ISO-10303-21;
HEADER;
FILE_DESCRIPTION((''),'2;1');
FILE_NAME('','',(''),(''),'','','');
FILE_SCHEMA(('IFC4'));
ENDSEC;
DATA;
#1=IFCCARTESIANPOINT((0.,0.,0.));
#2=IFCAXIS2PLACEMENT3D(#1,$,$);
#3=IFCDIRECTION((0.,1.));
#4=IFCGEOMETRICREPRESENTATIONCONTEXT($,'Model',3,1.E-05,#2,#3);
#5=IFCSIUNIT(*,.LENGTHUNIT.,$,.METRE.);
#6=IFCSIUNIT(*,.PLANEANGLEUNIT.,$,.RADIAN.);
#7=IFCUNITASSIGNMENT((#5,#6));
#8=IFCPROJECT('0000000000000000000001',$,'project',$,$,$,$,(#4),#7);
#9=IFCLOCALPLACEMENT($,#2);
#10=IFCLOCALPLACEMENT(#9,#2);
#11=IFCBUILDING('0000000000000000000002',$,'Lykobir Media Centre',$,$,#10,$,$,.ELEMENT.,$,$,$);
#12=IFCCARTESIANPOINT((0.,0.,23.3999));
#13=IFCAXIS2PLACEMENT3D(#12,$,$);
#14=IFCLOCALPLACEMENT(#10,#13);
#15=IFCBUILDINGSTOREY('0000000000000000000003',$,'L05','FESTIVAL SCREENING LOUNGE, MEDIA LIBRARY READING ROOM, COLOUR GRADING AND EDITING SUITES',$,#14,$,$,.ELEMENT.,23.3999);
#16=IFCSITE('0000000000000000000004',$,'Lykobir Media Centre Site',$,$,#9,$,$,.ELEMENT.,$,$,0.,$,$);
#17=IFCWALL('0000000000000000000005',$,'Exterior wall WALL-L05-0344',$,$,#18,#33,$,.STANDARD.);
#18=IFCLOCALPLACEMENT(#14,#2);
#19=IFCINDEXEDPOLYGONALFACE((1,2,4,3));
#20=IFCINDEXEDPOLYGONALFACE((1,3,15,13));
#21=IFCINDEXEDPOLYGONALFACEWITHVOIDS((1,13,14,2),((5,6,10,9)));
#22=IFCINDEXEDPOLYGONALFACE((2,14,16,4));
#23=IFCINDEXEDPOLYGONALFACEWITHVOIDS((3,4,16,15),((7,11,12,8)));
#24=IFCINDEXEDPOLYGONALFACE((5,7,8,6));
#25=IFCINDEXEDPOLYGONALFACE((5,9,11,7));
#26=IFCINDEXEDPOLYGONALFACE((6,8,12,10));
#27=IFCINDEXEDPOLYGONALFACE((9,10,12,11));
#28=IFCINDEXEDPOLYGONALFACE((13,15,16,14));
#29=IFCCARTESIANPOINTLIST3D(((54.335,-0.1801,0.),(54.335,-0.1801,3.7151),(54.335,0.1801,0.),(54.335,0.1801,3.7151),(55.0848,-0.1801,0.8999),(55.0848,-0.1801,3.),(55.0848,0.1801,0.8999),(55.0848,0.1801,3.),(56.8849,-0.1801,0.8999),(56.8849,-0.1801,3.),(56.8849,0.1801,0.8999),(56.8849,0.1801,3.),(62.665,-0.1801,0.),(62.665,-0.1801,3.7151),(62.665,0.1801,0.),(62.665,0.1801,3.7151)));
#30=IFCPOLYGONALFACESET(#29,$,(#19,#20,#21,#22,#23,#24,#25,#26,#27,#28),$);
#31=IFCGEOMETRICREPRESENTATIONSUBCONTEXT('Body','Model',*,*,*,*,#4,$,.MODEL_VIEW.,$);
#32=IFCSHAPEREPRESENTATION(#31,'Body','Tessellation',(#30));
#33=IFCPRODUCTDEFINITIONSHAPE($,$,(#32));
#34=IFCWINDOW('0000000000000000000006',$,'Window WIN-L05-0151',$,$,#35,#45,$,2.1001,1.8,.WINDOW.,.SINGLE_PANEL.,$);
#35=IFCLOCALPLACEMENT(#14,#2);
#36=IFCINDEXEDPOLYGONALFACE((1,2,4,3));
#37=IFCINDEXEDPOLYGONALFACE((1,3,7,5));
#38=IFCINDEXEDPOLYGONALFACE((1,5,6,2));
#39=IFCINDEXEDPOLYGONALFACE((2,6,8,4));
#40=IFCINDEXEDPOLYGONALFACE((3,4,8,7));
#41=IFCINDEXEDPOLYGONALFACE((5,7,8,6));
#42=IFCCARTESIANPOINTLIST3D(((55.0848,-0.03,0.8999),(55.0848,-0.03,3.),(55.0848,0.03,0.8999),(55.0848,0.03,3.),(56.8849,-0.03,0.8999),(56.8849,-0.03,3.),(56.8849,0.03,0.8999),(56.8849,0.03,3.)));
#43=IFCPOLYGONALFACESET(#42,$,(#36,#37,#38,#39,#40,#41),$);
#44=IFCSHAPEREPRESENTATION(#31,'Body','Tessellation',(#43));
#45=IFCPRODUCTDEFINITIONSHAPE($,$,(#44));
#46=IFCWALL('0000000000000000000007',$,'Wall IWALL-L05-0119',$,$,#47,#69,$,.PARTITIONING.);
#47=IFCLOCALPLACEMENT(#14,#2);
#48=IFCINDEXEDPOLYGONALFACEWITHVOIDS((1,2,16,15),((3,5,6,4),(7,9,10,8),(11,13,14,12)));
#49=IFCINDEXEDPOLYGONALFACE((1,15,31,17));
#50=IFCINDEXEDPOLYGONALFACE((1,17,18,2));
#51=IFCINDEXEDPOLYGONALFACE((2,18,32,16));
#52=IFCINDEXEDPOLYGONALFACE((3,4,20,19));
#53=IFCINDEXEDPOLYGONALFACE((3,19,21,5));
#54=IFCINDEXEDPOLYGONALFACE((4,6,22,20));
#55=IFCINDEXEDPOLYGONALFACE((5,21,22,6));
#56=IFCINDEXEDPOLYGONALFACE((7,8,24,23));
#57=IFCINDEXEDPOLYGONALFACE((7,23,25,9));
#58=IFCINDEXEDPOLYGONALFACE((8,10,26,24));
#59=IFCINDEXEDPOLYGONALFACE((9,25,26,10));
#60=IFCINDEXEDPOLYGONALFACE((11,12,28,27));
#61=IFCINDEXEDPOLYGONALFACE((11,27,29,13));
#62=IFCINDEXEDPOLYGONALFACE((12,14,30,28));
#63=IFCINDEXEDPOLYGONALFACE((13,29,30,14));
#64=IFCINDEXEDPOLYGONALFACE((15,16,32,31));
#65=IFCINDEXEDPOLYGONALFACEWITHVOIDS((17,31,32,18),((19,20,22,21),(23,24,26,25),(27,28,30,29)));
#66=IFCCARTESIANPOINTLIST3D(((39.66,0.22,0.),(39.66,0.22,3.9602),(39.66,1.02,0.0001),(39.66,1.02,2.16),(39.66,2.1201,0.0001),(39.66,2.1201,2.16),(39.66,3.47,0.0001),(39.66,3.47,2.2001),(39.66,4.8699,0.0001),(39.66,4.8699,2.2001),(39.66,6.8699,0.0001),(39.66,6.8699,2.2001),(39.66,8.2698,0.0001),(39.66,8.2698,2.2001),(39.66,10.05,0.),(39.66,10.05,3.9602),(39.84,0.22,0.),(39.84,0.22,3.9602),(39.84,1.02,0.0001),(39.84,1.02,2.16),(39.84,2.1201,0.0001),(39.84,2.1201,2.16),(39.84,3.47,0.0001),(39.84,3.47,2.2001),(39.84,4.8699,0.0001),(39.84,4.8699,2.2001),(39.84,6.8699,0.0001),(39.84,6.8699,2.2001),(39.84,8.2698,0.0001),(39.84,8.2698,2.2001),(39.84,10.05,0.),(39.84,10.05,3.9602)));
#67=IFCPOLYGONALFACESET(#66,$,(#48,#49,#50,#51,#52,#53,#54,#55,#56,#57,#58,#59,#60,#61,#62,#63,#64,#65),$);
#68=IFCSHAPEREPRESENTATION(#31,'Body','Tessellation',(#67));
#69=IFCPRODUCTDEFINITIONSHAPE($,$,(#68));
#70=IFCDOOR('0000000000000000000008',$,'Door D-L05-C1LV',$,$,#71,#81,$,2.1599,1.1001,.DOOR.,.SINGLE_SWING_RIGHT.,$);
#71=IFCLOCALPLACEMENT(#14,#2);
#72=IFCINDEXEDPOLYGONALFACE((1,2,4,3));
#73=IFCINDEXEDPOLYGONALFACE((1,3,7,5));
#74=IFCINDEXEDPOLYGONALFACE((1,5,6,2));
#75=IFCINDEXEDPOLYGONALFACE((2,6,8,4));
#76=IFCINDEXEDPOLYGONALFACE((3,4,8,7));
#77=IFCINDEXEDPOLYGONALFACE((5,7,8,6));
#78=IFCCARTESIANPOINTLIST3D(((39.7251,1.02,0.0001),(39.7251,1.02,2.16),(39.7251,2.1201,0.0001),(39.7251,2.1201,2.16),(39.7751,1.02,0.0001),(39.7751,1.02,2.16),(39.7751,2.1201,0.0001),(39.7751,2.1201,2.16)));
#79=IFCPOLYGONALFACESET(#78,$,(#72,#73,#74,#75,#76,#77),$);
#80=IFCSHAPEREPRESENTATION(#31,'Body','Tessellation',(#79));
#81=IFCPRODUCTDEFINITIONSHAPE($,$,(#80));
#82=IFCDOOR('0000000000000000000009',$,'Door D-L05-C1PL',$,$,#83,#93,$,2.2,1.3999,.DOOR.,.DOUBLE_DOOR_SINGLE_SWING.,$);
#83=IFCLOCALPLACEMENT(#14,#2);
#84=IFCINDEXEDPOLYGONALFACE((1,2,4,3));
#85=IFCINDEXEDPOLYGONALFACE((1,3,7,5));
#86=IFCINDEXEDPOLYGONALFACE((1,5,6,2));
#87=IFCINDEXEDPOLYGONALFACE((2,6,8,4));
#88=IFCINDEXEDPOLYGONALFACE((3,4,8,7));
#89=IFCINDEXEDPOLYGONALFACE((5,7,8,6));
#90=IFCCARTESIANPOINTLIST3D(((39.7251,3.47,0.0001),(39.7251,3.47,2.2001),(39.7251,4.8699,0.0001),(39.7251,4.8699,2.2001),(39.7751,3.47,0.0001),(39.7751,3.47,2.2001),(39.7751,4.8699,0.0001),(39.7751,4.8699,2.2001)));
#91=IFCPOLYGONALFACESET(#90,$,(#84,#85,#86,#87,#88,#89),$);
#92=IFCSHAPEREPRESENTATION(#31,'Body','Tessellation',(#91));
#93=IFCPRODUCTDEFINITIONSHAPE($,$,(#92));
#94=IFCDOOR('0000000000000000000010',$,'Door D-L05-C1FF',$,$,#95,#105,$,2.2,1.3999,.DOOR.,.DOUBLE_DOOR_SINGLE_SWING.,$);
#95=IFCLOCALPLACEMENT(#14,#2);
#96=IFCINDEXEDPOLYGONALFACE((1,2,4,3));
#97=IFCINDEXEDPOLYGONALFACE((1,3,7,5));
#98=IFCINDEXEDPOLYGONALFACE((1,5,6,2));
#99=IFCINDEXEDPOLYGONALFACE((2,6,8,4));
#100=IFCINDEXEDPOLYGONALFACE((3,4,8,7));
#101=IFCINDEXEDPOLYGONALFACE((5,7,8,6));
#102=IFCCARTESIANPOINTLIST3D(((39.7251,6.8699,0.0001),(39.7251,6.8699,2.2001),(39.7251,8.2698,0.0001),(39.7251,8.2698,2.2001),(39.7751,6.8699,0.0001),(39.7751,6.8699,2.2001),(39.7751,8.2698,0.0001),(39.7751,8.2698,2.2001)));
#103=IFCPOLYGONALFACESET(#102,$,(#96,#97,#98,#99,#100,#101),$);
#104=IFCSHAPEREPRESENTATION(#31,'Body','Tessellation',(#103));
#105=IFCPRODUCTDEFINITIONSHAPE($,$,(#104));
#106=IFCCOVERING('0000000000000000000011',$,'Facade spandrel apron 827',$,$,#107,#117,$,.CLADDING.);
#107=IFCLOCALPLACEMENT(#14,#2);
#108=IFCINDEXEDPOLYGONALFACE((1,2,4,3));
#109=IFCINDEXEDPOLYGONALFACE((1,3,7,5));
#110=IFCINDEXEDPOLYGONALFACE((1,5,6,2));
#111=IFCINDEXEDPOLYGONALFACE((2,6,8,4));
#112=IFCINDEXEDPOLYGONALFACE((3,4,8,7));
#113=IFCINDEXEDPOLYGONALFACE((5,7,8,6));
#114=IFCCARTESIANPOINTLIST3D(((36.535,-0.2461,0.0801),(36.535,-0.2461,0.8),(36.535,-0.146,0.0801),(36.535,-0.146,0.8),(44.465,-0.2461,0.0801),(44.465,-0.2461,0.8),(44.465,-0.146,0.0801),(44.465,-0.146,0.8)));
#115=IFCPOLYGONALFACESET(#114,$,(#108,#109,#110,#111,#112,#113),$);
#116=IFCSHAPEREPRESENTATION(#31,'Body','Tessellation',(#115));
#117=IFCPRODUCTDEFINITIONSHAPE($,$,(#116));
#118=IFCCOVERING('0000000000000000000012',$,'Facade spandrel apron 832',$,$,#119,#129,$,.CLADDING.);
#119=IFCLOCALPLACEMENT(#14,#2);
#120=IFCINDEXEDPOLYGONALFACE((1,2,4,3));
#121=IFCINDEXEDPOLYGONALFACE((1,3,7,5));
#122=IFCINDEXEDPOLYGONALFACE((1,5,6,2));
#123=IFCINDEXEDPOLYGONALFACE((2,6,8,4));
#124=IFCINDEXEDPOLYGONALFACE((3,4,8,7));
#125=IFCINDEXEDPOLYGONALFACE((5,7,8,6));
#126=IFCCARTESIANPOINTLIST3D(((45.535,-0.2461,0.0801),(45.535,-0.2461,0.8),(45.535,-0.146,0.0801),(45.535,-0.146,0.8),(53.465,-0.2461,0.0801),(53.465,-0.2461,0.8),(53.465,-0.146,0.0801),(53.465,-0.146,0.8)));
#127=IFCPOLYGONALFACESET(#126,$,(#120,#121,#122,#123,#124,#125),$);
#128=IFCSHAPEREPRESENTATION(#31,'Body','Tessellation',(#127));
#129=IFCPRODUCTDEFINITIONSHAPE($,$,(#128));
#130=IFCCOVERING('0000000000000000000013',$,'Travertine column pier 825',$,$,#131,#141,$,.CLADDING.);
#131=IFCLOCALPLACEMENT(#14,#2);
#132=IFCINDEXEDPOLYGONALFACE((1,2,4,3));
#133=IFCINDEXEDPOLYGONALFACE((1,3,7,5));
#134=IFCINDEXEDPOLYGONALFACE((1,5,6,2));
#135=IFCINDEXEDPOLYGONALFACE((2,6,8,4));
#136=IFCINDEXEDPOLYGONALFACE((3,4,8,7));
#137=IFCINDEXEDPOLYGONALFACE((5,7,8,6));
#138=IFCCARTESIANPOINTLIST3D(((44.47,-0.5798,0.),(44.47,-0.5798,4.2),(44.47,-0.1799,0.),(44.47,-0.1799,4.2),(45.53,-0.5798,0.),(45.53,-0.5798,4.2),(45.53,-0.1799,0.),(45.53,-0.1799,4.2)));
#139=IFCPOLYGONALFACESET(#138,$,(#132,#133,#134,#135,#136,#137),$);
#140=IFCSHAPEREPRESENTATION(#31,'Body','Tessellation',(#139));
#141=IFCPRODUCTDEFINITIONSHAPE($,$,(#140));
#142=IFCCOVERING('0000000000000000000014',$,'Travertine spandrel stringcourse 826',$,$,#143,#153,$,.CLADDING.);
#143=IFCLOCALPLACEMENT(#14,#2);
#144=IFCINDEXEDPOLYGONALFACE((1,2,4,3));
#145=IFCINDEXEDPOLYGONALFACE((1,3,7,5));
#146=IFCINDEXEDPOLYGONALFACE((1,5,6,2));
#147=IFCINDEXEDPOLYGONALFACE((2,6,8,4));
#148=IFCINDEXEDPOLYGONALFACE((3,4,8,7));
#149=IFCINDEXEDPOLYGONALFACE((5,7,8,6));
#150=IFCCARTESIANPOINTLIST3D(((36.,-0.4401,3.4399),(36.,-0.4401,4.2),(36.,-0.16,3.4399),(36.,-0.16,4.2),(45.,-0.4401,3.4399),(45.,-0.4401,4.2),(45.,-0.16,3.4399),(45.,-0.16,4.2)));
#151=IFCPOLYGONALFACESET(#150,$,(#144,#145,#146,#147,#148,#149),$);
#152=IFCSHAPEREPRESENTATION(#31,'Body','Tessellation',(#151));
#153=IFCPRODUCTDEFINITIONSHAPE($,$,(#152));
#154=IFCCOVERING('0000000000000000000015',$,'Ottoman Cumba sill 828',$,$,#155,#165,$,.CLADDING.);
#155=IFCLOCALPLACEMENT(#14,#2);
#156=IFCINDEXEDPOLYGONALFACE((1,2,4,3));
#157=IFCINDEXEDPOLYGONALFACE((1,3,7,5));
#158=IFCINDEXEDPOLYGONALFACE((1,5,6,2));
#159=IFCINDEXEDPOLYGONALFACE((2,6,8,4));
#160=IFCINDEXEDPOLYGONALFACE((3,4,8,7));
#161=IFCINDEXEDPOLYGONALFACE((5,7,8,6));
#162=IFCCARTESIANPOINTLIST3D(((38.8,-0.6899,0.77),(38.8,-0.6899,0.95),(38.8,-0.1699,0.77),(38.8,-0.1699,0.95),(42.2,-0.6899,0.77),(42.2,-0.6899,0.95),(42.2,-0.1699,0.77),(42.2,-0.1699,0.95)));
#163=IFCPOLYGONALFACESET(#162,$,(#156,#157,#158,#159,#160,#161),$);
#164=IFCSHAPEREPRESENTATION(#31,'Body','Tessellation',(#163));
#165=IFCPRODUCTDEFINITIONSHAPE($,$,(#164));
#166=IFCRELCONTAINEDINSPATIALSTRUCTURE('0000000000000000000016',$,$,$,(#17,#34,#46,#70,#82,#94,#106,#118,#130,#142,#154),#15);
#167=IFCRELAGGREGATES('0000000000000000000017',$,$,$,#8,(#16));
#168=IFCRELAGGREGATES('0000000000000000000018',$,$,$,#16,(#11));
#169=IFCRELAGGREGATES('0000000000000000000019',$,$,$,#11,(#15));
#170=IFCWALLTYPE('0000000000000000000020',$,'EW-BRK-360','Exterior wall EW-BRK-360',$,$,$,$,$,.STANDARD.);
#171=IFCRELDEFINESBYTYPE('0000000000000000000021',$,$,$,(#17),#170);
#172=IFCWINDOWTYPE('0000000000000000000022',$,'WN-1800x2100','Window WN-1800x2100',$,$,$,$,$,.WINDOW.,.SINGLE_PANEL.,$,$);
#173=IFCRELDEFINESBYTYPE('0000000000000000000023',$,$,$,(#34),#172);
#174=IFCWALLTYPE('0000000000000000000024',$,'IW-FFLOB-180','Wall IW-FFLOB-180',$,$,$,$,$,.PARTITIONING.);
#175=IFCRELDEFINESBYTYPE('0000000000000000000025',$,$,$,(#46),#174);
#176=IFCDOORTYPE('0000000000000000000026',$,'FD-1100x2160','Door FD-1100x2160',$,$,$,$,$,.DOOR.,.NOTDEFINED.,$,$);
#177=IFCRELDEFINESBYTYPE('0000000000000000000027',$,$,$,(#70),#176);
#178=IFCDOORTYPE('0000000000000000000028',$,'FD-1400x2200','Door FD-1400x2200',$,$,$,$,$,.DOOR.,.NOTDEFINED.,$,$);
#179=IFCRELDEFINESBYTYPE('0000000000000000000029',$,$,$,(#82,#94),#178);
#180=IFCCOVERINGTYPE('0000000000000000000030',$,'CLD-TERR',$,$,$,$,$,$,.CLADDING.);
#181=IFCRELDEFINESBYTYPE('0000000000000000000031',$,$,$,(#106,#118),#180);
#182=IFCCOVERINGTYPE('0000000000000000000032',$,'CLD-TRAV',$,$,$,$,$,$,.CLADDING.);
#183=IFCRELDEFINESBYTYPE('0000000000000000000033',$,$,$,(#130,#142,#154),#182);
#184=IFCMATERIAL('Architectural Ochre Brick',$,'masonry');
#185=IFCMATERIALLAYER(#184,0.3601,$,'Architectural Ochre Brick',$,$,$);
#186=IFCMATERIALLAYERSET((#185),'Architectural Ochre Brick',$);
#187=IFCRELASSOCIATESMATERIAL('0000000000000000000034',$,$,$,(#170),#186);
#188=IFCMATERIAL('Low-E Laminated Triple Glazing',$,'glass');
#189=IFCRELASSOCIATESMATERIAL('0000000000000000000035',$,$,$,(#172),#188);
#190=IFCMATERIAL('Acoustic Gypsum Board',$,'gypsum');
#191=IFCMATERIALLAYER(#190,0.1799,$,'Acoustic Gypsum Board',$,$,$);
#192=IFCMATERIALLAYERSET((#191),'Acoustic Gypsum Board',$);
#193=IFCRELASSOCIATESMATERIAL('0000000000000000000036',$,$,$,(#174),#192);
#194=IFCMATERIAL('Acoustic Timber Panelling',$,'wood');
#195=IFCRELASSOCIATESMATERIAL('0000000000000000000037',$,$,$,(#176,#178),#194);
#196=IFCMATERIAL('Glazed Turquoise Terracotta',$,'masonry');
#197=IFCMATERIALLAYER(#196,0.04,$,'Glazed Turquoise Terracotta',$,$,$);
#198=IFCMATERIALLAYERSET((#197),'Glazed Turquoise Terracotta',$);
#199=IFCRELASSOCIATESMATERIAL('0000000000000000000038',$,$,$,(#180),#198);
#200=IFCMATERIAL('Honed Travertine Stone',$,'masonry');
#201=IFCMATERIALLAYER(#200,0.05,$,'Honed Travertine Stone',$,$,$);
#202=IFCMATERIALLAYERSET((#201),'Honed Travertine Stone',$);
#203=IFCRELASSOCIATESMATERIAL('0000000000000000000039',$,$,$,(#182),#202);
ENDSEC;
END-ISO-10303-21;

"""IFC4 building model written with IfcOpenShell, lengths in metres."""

from ifc_helpers import new_model, si_unit, direction, frame, frame_2d, origin, origin_2d, place, context, subcontext, project, spatial, rectangle, extrude, material, layer, layer_set, type_object, element, fill, save


model = new_model("IFC4")

# Units and contexts
model_context = context("Model", 3, precision=1e-05, world=origin(), true_north=direction((0.0, 1.0)))
body_context = subcontext(model_context, "Body", "Model", "MODEL_VIEW")
ifc_project = project(units=[si_unit("LENGTHUNIT", "METRE"), si_unit("PLANEANGLEUNIT", "RADIAN")], contexts=[model_context])

# Site, building, storey
site_placement = place(None, origin())
site = spatial("IfcSite", under=ifc_project, at=site_placement, Name="Lykobir Media Centre Site", CompositionType="ELEMENT", RefElevation=0.0)
building_placement = place(site_placement, origin())
building = spatial("IfcBuilding", under=site, at=building_placement, Name="Lykobir Media Centre", CompositionType="ELEMENT")
storey_placement = place(building_placement, frame((0.0, 0.0, 23.3999)))
storey = spatial("IfcBuildingStorey", under=building, at=storey_placement, Name="L05", Description="FESTIVAL SCREENING LOUNGE, MEDIA LIBRARY READING ROOM, COLOUR GRADING AND EDITING SUITES", CompositionType="ELEMENT", Elevation=23.3999)

# Wall, opening, window
ifc_material_1 = material(Name="Architectural Ochre Brick", Category="masonry")
ifc_layer_1 = layer(ifc_material_1, 0.3601, Name="Architectural Ochre Brick")
ifc_layer_set_1 = layer_set([ifc_layer_1], Name="Architectural Ochre Brick")
wall_type_1 = type_object("IfcWallType", Name="EW-BRK-360", Description="Exterior wall EW-BRK-360", PredefinedType="STANDARD", material=ifc_layer_set_1)
ifc_material_2 = material(Name="Low-E Laminated Triple Glazing", Category="glass")
wall_1_placement = place(storey_placement, frame((54.335, 0.0, 0.0), z_axis=(0.0, 0.0, 1.0), x_axis=(1.0, 0.0, 0.0)))
wall_1 = element("IfcWall", 1, at=wall_1_placement, inside=storey, type_object=wall_type_1, Name="Exterior wall WALL-L05-0344", PredefinedType="STANDARD", context=body_context, shape_type="SweptSolid", body=[
    extrude(rectangle(XDim=8.3301, YDim=0.3601, at=frame_2d((4.165, 0.0))), origin(), (0.0, 0.0, 1.0), 3.7151),
])
opening_1_placement = place(wall_1_placement, frame((0.75, 0.0, 0.8999)))
opening_1 = element("IfcOpeningElement", 2, at=opening_1_placement, cuts=wall_1, PredefinedType="OPENING", context=body_context, shape_type="SweptSolid", body=[
    extrude(rectangle(XDim=1.8, YDim=2.1001, at=frame_2d((0.8999, 1.05))), frame((0.0, 0.1899, 0.0), z_axis=(0.0, -1.0, 0.0), x_axis=(1.0, 0.0, 0.0)), (0.0, 0.0, 1.0), 0.3801),
])
window_type_1 = type_object("IfcWindowType", Name="WN-1800x2100", Description="Window WN-1800x2100", PartitioningType="SINGLE_PANEL", PredefinedType="WINDOW", material=ifc_material_2)
window_1_placement = place(opening_1_placement, origin())
window_1 = element("IfcWindow", 3, at=window_1_placement, inside=storey, type_object=window_type_1, Name="Window WIN-L05-0151", OverallHeight=2.1001, OverallWidth=1.8, PartitioningType="SINGLE_PANEL", PredefinedType="WINDOW", context=body_context, shape_type="SweptSolid", body=[
    extrude(rectangle(XDim=1.8, YDim=2.1001, at=frame_2d((0.8999, 1.05))), frame((0.0, 0.03, 0.0), z_axis=(0.0, -1.0, 0.0), x_axis=(1.0, 0.0, 0.0)), (0.0, 0.0, 1.0), 0.0601),
])
fill(opening_1, window_1)

# Wall, openings, doors
ifc_material_3 = material(Name="Acoustic Gypsum Board", Category="gypsum")
ifc_layer_2 = layer(ifc_material_3, 0.1799, Name="Acoustic Gypsum Board")
ifc_layer_set_2 = layer_set([ifc_layer_2], Name="Acoustic Gypsum Board")
wall_type_2 = type_object("IfcWallType", Name="IW-FFLOB-180", Description="Wall IW-FFLOB-180", PredefinedType="PARTITIONING", material=ifc_layer_set_2)
wall_2_placement = place(storey_placement, frame((39.75, 0.22, 0.0), z_axis=(0.0, 0.0, 1.0), x_axis=(0.0, 1.0, 0.0)))
wall_2 = element("IfcWall", 4, at=wall_2_placement, inside=storey, type_object=wall_type_2, Name="Wall IWALL-L05-0119", PredefinedType="PARTITIONING", context=body_context, shape_type="SweptSolid", body=[
    extrude(rectangle(XDim=9.8301, YDim=0.1799, at=frame_2d((4.915, 0.0))), origin(), (0.0, 0.0, 1.0), 3.9602),
])
opening_2_placement = place(wall_2_placement, frame((0.8, 0.0, 0.0)))
opening_2 = element("IfcOpeningElement", 5, at=opening_2_placement, cuts=wall_2, PredefinedType="OPENING", context=body_context, shape_type="SweptSolid", body=[
    extrude(rectangle(XDim=1.1001, YDim=2.1599, at=frame_2d((0.55, 1.0801))), frame((0.0, 0.0999, 0.0), z_axis=(0.0, -1.0, 0.0), x_axis=(1.0, 0.0, 0.0)), (0.0, 0.0, 1.0), 0.2),
])
opening_3_placement = place(wall_2_placement, frame((3.25, 0.0, 0.0)))
opening_3 = element("IfcOpeningElement", 6, at=opening_3_placement, cuts=wall_2, PredefinedType="OPENING", context=body_context, shape_type="SweptSolid", body=[
    extrude(rectangle(XDim=1.3999, YDim=2.2, at=frame_2d((0.7, 1.1001))), frame((0.0, 0.0999, 0.0), z_axis=(0.0, -1.0, 0.0), x_axis=(1.0, 0.0, 0.0)), (0.0, 0.0, 1.0), 0.2),
])
opening_4_placement = place(wall_2_placement, frame((6.6499, 0.0, 0.0)))
opening_4 = element("IfcOpeningElement", 7, at=opening_4_placement, cuts=wall_2, PredefinedType="OPENING", context=body_context, shape_type="SweptSolid", body=[
    extrude(rectangle(XDim=1.3999, YDim=2.2, at=frame_2d((0.7, 1.1001))), frame((0.0, 0.0999, 0.0), z_axis=(0.0, -1.0, 0.0), x_axis=(1.0, 0.0, 0.0)), (0.0, 0.0, 1.0), 0.2),
])
ifc_material_4 = material(Name="Acoustic Timber Panelling", Category="wood")
door_type_1 = type_object("IfcDoorType", Name="FD-1100x2160", Description="Door FD-1100x2160", OperationType="NOTDEFINED", PredefinedType="DOOR", material=ifc_material_4)
door_1_placement = place(opening_2_placement, origin())
door_1 = element("IfcDoor", 8, at=door_1_placement, inside=storey, type_object=door_type_1, Name="Door D-L05-C1LV", OperationType="SINGLE_SWING_RIGHT", OverallHeight=2.1599, OverallWidth=1.1001, PredefinedType="DOOR", context=body_context, shape_type="SweptSolid", body=[
    extrude(rectangle(XDim=1.1001, YDim=2.1599, at=frame_2d((0.55, 1.0801))), frame((0.0, 0.0249, 0.0), z_axis=(0.0, -1.0, 0.0), x_axis=(1.0, 0.0, 0.0)), (0.0, 0.0, 1.0), 0.05),
])
fill(opening_2, door_1)
door_type_2 = type_object("IfcDoorType", Name="FD-1400x2200", Description="Door FD-1400x2200", OperationType="NOTDEFINED", PredefinedType="DOOR", material=ifc_material_4)
door_2_placement = place(opening_3_placement, origin())
door_2 = element("IfcDoor", 9, at=door_2_placement, inside=storey, type_object=door_type_2, Name="Door D-L05-C1PL", OperationType="DOUBLE_DOOR_SINGLE_SWING", OverallHeight=2.2, OverallWidth=1.3999, PredefinedType="DOOR", context=body_context, shape_type="SweptSolid", body=[
    extrude(rectangle(XDim=1.3999, YDim=2.2, at=frame_2d((0.7, 1.1001))), frame((0.0, 0.0249, 0.0), z_axis=(0.0, -1.0, 0.0), x_axis=(1.0, 0.0, 0.0)), (0.0, 0.0, 1.0), 0.05),
])
fill(opening_3, door_2)
door_3_placement = place(opening_4_placement, origin())
door_3 = element("IfcDoor", 10, at=door_3_placement, inside=storey, type_object=door_type_2, Name="Door D-L05-C1FF", OperationType="DOUBLE_DOOR_SINGLE_SWING", OverallHeight=2.2, OverallWidth=1.3999, PredefinedType="DOOR", context=body_context, shape_type="SweptSolid", body=[
    extrude(rectangle(XDim=1.3999, YDim=2.2, at=frame_2d((0.7, 1.1001))), frame((0.0, 0.0249, 0.0), z_axis=(0.0, -1.0, 0.0), x_axis=(1.0, 0.0, 0.0)), (0.0, 0.0, 1.0), 0.05),
])
fill(opening_4, door_3)

# Coverings
ifc_material_5 = material(Name="Glazed Turquoise Terracotta", Category="masonry")
ifc_layer_3 = layer(ifc_material_5, 0.04, Name="Glazed Turquoise Terracotta")
ifc_layer_set_3 = layer_set([ifc_layer_3], Name="Glazed Turquoise Terracotta")
covering_type_1 = type_object("IfcCoveringType", Name="CLD-TERR", PredefinedType="CLADDING", material=ifc_layer_set_3)
for number, where, z_axis, x_axis, name in (
    (11, (40.5, -0.196, 0.0801), (0.0, 0.0, 1.0), (1.0, 0.0, 0.0), "Facade spandrel apron 827"),
    (12, (49.5, -0.196, 0.0801), (0.0, 0.0, 1.0), (1.0, 0.0, 0.0), "Facade spandrel apron 832"),
):
    element("IfcCovering", number, at=place(storey_placement, frame(where, z_axis=z_axis, x_axis=x_axis)), inside=storey, type_object=covering_type_1, Name=name, PredefinedType="CLADDING", context=body_context, shape_type="SweptSolid", body=[
        extrude(rectangle(XDim=7.9299, YDim=0.1001, at=origin_2d()), origin(), (0.0, 0.0, 1.0), 0.72),
    ])
ifc_material_6 = material(Name="Honed Travertine Stone", Category="masonry")
ifc_layer_4 = layer(ifc_material_6, 0.05, Name="Honed Travertine Stone")
ifc_layer_set_4 = layer_set([ifc_layer_4], Name="Honed Travertine Stone")
covering_type_2 = type_object("IfcCoveringType", Name="CLD-TRAV", PredefinedType="CLADDING", material=ifc_layer_set_4)
covering_1_placement = place(storey_placement, frame((45.0, -0.3799, 0.0), z_axis=(0.0, 0.0, 1.0), x_axis=(1.0, 0.0, 0.0)))
element("IfcCovering", 13, at=covering_1_placement, inside=storey, type_object=covering_type_2, Name="Travertine column pier 825", PredefinedType="CLADDING", context=body_context, shape_type="SweptSolid", body=[
    extrude(rectangle(XDim=1.0601, YDim=0.3999, at=origin_2d()), origin(), (0.0, 0.0, 1.0), 4.2),
])
covering_2_placement = place(storey_placement, frame((40.5, -0.3, 3.4399), z_axis=(0.0, 0.0, 1.0), x_axis=(1.0, 0.0, 0.0)))
element("IfcCovering", 14, at=covering_2_placement, inside=storey, type_object=covering_type_2, Name="Travertine spandrel stringcourse 826", PredefinedType="CLADDING", context=body_context, shape_type="SweptSolid", body=[
    extrude(rectangle(XDim=9.0, YDim=0.28, at=origin_2d()), origin(), (0.0, 0.0, 1.0), 0.76),
])
covering_3_placement = place(storey_placement, frame((40.5, -0.4299, 0.77), z_axis=(0.0, 0.0, 1.0), x_axis=(1.0, 0.0, 0.0)))
element("IfcCovering", 15, at=covering_3_placement, inside=storey, type_object=covering_type_2, Name="Ottoman Cumba sill 828", PredefinedType="CLADDING", context=body_context, shape_type="SweptSolid", body=[
    extrude(rectangle(XDim=3.3999, YDim=0.52, at=origin_2d()), origin(), (0.0, 0.0, 1.0), 0.1799),
])

save(model, "model.ifc")
